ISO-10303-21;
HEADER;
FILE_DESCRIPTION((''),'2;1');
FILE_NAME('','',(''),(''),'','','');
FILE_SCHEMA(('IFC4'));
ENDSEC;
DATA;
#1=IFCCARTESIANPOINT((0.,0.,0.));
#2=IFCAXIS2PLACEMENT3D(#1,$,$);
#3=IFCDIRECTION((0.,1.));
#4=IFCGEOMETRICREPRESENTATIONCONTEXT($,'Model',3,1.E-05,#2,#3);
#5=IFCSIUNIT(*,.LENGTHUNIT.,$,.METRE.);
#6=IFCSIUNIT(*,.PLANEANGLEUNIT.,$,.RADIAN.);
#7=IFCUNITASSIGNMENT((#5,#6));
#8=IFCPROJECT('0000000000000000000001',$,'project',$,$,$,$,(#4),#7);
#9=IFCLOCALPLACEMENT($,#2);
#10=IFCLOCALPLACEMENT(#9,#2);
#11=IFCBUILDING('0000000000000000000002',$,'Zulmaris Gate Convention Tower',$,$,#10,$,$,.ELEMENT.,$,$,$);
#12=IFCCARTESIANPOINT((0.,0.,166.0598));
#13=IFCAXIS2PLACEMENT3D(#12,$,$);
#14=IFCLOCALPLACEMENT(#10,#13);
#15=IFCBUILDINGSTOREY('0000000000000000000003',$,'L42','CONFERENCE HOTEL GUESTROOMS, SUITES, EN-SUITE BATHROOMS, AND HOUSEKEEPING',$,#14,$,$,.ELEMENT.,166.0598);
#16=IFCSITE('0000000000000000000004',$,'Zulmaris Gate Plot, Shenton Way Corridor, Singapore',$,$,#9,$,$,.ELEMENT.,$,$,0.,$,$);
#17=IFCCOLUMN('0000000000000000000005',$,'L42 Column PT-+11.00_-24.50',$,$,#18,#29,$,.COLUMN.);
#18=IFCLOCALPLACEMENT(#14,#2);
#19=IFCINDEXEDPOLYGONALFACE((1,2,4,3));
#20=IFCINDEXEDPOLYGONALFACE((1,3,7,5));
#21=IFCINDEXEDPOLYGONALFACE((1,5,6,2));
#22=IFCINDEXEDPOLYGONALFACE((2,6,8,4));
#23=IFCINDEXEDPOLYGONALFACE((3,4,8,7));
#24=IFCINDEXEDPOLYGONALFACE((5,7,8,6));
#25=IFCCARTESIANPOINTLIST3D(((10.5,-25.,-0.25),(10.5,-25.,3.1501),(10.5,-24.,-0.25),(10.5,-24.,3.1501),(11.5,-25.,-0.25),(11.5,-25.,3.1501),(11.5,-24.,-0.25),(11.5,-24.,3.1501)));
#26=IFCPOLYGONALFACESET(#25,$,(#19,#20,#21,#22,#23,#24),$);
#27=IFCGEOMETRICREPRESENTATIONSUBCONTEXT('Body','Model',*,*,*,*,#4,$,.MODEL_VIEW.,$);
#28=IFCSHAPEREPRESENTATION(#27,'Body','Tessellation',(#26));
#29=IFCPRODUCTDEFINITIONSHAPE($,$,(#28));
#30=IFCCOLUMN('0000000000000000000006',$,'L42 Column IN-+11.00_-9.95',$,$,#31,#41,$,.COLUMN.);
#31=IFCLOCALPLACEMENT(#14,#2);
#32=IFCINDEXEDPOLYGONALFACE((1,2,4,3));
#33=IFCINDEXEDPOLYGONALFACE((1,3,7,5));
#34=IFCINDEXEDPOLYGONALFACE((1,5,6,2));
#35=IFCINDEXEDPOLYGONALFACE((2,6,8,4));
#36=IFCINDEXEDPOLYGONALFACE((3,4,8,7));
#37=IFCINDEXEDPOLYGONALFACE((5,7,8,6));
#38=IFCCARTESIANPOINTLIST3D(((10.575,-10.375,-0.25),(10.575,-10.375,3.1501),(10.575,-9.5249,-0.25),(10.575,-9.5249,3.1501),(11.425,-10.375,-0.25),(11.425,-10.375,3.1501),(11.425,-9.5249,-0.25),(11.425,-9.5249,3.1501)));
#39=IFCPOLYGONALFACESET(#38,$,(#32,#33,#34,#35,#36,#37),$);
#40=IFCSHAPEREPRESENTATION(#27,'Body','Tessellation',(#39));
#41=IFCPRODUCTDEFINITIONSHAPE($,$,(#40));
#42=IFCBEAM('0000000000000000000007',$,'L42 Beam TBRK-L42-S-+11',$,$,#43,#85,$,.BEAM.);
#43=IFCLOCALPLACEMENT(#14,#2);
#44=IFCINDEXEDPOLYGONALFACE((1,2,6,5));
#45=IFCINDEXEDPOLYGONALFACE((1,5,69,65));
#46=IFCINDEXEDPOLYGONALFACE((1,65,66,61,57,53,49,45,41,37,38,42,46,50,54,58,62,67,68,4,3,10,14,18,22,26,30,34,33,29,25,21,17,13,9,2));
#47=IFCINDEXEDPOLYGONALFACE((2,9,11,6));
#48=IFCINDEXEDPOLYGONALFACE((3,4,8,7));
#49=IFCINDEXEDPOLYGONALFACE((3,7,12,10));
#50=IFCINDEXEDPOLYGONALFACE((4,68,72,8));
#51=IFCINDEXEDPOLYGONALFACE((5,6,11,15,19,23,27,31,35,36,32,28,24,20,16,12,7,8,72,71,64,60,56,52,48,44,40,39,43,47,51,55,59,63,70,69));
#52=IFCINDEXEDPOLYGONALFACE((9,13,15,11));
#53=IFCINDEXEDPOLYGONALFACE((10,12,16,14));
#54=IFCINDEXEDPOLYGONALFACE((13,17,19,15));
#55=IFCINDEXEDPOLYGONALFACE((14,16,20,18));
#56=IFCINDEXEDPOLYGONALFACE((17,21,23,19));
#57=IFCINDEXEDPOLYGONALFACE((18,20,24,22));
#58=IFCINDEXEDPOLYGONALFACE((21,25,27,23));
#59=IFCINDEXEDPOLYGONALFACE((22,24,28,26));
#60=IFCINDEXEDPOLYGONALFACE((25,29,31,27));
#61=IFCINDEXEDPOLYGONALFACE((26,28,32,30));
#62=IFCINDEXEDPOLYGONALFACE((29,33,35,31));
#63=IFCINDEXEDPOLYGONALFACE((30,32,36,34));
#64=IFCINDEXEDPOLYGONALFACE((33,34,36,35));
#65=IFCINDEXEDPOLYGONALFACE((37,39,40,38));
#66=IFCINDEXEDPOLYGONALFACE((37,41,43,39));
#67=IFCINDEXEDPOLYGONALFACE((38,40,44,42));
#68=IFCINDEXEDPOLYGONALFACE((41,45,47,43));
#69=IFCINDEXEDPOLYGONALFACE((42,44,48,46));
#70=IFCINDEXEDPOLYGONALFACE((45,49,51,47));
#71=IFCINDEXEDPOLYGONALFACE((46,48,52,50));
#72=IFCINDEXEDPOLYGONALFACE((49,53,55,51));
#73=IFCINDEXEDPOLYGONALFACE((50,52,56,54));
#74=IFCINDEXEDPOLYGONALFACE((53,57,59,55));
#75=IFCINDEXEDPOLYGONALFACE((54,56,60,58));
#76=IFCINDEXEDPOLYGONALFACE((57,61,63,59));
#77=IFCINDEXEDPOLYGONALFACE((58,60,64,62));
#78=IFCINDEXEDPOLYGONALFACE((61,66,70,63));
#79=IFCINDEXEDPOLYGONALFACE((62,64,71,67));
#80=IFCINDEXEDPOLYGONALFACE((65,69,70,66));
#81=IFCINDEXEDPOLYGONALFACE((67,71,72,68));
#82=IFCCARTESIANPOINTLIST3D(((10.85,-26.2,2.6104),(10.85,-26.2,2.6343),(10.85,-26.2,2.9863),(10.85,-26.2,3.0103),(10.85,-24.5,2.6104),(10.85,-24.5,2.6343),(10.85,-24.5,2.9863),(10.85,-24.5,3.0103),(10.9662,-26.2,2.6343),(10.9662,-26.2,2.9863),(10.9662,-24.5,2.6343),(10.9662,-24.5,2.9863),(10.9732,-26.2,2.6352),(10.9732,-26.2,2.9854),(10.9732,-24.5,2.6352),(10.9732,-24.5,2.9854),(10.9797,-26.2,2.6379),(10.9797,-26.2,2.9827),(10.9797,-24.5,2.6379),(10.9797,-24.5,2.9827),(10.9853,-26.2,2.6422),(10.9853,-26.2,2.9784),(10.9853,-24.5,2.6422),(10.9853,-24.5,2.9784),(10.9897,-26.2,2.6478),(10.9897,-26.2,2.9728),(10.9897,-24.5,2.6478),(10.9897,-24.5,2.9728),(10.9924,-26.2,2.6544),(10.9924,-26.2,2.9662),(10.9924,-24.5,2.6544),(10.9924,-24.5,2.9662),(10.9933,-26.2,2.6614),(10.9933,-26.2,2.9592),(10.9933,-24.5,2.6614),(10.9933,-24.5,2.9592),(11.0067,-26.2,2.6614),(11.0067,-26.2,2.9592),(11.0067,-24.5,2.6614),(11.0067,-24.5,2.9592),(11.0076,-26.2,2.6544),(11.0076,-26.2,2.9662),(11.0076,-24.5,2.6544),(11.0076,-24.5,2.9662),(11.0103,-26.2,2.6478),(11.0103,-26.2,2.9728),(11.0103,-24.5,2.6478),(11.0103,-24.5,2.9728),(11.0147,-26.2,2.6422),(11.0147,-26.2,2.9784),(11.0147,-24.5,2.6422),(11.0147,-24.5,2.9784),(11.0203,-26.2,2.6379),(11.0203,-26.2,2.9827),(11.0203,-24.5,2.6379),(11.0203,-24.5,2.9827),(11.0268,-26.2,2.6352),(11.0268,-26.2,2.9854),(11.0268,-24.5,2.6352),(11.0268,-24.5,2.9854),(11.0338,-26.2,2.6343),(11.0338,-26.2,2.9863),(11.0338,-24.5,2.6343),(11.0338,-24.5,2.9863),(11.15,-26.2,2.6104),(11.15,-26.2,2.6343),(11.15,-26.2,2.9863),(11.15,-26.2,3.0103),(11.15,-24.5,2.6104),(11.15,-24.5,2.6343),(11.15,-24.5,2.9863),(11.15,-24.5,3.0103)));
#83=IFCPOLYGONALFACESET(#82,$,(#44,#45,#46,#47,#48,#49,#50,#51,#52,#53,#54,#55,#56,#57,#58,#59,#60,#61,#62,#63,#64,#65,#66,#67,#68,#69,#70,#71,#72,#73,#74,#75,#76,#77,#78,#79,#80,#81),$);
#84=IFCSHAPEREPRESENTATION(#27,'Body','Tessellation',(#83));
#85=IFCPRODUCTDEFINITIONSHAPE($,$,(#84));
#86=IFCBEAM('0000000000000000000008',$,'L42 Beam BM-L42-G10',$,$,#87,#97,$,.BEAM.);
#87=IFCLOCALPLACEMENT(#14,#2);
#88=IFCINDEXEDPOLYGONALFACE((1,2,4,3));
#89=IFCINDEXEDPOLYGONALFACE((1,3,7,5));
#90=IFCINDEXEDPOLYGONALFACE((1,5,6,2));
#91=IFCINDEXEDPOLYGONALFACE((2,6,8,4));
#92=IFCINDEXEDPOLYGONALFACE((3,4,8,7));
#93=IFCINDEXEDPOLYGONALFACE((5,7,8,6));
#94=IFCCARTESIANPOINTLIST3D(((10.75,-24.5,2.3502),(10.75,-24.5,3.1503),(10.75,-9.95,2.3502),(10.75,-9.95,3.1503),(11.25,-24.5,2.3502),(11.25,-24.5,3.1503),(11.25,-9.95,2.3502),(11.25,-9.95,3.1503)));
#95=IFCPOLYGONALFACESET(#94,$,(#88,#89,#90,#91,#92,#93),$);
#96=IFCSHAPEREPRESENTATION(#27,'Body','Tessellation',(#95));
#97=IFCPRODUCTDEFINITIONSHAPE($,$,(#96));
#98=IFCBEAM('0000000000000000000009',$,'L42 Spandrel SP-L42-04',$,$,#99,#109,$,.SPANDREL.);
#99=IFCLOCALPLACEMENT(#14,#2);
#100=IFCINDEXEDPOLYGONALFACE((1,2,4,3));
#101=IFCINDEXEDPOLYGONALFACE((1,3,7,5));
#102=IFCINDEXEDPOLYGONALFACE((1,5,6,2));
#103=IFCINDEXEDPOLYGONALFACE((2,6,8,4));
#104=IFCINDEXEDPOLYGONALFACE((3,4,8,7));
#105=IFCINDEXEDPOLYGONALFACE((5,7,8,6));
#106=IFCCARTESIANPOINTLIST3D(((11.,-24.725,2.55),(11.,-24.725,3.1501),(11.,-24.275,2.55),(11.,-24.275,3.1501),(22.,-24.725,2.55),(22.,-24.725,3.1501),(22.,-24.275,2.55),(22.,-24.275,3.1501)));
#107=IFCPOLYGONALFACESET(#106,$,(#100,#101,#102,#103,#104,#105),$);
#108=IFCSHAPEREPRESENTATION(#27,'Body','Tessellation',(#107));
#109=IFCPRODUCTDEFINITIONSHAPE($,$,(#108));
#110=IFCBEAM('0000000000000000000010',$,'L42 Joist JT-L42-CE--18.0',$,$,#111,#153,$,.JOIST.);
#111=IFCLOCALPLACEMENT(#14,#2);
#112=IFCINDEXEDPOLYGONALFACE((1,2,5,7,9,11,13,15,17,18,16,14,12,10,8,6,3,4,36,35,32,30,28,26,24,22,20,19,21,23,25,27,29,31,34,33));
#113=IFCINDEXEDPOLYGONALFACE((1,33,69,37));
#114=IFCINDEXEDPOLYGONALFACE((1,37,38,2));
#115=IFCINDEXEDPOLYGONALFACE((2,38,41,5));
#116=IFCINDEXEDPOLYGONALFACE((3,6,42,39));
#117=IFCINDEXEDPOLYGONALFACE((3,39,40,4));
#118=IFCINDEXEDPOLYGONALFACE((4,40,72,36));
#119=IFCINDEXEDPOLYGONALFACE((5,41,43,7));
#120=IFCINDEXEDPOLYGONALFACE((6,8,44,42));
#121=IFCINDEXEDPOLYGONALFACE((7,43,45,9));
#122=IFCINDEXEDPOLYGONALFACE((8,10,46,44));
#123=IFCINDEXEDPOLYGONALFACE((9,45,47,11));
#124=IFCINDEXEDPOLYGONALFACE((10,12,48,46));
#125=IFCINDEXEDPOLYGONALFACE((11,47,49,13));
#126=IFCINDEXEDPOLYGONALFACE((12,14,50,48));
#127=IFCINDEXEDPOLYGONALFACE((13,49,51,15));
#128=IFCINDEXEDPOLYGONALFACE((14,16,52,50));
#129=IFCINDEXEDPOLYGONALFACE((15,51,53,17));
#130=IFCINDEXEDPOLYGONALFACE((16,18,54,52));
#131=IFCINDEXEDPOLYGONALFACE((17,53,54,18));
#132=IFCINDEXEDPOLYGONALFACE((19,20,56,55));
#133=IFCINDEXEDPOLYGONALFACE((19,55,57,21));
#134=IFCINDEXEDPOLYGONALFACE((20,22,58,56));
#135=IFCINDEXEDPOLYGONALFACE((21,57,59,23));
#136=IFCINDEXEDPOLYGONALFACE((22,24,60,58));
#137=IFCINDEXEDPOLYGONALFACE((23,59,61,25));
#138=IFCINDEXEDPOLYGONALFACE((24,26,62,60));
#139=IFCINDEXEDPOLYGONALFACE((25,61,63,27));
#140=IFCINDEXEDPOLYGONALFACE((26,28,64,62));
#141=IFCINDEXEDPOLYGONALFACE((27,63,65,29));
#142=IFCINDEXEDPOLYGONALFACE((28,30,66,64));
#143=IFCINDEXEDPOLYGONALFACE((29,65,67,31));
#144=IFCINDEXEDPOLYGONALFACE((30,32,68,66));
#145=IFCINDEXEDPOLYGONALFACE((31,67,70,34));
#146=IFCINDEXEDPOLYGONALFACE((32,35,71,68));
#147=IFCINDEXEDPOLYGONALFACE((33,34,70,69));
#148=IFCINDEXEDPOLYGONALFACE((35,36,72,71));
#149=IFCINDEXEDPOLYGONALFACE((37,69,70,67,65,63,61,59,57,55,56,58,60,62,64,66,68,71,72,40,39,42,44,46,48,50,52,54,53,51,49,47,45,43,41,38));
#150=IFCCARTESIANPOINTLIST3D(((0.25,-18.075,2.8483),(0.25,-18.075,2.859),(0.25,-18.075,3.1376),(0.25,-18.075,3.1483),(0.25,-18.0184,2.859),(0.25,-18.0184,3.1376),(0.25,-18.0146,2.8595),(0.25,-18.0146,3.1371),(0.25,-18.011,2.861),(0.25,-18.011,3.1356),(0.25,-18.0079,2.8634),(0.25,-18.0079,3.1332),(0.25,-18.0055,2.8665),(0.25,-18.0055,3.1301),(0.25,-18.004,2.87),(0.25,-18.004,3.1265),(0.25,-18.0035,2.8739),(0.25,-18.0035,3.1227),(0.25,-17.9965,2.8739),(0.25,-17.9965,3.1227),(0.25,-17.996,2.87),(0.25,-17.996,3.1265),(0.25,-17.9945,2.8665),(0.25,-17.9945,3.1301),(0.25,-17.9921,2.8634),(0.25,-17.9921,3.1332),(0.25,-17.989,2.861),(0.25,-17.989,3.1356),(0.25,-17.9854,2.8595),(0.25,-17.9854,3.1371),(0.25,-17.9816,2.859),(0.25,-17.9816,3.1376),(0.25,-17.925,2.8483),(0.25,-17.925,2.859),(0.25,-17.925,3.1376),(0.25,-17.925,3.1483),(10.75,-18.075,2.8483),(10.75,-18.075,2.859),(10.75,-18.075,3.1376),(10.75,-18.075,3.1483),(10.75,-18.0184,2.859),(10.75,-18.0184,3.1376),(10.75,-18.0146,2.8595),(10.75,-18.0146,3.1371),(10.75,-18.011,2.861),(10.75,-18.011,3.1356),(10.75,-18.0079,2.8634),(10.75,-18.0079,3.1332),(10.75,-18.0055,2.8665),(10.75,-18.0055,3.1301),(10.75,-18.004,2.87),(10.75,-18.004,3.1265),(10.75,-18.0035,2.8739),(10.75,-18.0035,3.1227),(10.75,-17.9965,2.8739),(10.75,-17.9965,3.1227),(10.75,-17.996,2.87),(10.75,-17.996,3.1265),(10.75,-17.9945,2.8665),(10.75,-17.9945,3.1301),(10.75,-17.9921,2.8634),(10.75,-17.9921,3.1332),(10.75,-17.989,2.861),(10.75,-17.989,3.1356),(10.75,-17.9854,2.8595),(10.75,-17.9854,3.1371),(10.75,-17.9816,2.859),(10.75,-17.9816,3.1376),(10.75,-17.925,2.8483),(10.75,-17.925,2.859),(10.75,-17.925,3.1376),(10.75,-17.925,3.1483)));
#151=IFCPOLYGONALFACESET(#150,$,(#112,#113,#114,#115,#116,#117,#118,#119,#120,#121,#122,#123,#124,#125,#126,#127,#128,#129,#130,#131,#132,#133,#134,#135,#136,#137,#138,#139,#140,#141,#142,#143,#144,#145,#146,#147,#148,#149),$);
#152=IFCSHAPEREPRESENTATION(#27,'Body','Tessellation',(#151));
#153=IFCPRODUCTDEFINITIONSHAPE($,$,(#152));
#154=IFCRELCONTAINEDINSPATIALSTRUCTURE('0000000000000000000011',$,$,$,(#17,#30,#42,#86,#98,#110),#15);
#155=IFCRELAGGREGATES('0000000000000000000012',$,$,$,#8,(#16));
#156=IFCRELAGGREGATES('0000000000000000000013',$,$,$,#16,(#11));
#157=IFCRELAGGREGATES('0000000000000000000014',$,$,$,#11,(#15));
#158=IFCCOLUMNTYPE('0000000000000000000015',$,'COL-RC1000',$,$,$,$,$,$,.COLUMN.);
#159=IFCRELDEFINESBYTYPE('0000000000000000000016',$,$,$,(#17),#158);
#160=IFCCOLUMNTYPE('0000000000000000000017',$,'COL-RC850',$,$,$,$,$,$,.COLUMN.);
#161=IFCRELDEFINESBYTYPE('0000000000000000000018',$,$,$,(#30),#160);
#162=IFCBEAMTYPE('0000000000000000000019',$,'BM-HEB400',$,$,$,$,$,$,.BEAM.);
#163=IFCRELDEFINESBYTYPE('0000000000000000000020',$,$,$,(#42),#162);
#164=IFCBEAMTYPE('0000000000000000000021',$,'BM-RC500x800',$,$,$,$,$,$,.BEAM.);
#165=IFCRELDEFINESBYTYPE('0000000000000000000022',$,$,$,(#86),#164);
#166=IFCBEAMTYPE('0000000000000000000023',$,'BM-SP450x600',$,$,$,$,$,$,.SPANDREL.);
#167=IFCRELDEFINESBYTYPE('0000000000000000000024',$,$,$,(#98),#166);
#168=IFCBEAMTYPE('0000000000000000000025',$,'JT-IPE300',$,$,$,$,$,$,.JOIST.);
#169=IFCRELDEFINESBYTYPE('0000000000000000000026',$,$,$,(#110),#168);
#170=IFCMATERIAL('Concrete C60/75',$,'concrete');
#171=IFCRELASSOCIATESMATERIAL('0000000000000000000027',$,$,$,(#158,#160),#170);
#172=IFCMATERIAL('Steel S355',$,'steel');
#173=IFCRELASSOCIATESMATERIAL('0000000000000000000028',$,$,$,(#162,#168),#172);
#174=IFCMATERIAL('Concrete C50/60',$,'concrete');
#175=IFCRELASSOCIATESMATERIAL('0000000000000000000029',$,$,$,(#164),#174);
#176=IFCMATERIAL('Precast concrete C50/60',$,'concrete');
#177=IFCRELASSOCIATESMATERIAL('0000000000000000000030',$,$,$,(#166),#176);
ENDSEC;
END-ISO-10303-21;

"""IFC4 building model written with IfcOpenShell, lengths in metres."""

from ifc_helpers import new_model, si_unit, direction, frame, origin, origin_2d, place, context, subcontext, project, spatial, rectangle, i_section, extrude, material, material_profile, profile_set, type_object, element, save


model = new_model("IFC4")

# Units and contexts
model_context = context("Model", 3, precision=1e-05, world=origin(), true_north=direction((0.0, 1.0)))
body_context = subcontext(model_context, "Body", "Model", "MODEL_VIEW")
ifc_project = project(units=[si_unit("LENGTHUNIT", "METRE"), si_unit("PLANEANGLEUNIT", "RADIAN")], contexts=[model_context])

# Site, building, storey
site_placement = place(None, origin())
site = spatial("IfcSite", under=ifc_project, at=site_placement, Name="Zulmaris Gate Plot, Shenton Way Corridor, Singapore", CompositionType="ELEMENT", RefElevation=0.0)
building_placement = place(site_placement, origin())
building = spatial("IfcBuilding", under=site, at=building_placement, Name="Zulmaris Gate Convention Tower", CompositionType="ELEMENT")
storey_placement = place(building_placement, frame((0.0, 0.0, 166.0598)))
storey = spatial("IfcBuildingStorey", under=building, at=storey_placement, Name="L42", Description="CONFERENCE HOTEL GUESTROOMS, SUITES, EN-SUITE BATHROOMS, AND HOUSEKEEPING", CompositionType="ELEMENT", Elevation=166.0598)

# Columns
ifc_material_1 = material(Name="Concrete C60/75", Category="concrete")
ifc_material_profile_1 = material_profile(ifc_material_1, rectangle(XDim=1.0, YDim=1.0, at=origin_2d()), Name="RC COL 1000x1000")
ifc_profile_set_1 = profile_set([ifc_material_profile_1], Name="Concrete C60/75")
column_type_1 = type_object("IfcColumnType", Name="COL-RC1000", PredefinedType="COLUMN", material=ifc_profile_set_1)
column_1_placement = place(storey_placement, frame((11.0, -24.5, -0.25), z_axis=(0.0, 0.0, 1.0), x_axis=(1.0, 0.0, 0.0)))
element("IfcColumn", 1, at=column_1_placement, inside=storey, type_object=column_type_1, Name="L42 Column PT-+11.00_-24.50", PredefinedType="COLUMN", context=body_context, shape_type="SweptSolid", body=[
    extrude(rectangle(XDim=1.0, YDim=1.0, at=origin_2d()), origin(), (0.0, 0.0, 1.0), 3.4001),
])
ifc_material_profile_2 = material_profile(ifc_material_1, rectangle(XDim=0.8501, YDim=0.8501, at=origin_2d()), Name="RC COL 850x850")
ifc_profile_set_2 = profile_set([ifc_material_profile_2], Name="Concrete C60/75")
column_type_2 = type_object("IfcColumnType", Name="COL-RC850", PredefinedType="COLUMN", material=ifc_profile_set_2)
column_2_placement = place(storey_placement, frame((11.0, -9.95, -0.25), z_axis=(0.0, 0.0, 1.0), x_axis=(1.0, 0.0, 0.0)))
element("IfcColumn", 2, at=column_2_placement, inside=storey, type_object=column_type_2, Name="L42 Column IN-+11.00_-9.95", PredefinedType="COLUMN", context=body_context, shape_type="SweptSolid", body=[
    extrude(rectangle(XDim=0.8501, YDim=0.8501, at=origin_2d()), origin(), (0.0, 0.0, 1.0), 3.4001),
])

# Beams
ifc_material_2 = material(Name="Steel S355", Category="steel")
ifc_material_profile_3 = material_profile(ifc_material_2, i_section(OverallWidth=0.3, OverallDepth=0.3999, WebThickness=0.0134, FlangeThickness=0.0239, FilletRadius=0.0271, at=origin_2d()), Name="HEB 400")
ifc_profile_set_3 = profile_set([ifc_material_profile_3], Name="Steel S355")
beam_type_1 = type_object("IfcBeamType", Name="BM-HEB400", PredefinedType="BEAM", material=ifc_profile_set_3)
beam_1_placement = place(storey_placement, frame((11.0, -26.2, 2.8103), z_axis=(0.0, 1.0, 0.0), x_axis=(-1.0, 0.0, 0.0)))
element("IfcBeam", 3, at=beam_1_placement, inside=storey, type_object=beam_type_1, Name="L42 Beam TBRK-L42-S-+11", PredefinedType="BEAM", context=body_context, shape_type="SweptSolid", body=[
    extrude(i_section(OverallWidth=0.3, OverallDepth=0.3999, WebThickness=0.0134, FlangeThickness=0.0239, FilletRadius=0.0271, at=origin_2d()), origin(), (0.0, 0.0, 1.0), 1.7),
])
ifc_material_3 = material(Name="Concrete C50/60", Category="concrete")
ifc_material_profile_4 = material_profile(ifc_material_3, rectangle(XDim=0.5, YDim=0.8, at=origin_2d()), Name="RC BEAM 500x800")
ifc_profile_set_4 = profile_set([ifc_material_profile_4], Name="Concrete C50/60")
beam_type_2 = type_object("IfcBeamType", Name="BM-RC500x800", PredefinedType="BEAM", material=ifc_profile_set_4)
beam_2_placement = place(storey_placement, frame((11.0, -24.5, 2.7502), z_axis=(0.0, 1.0, 0.0), x_axis=(-1.0, 0.0, 0.0)))
element("IfcBeam", 4, at=beam_2_placement, inside=storey, type_object=beam_type_2, Name="L42 Beam BM-L42-G10", PredefinedType="BEAM", context=body_context, shape_type="SweptSolid", body=[
    extrude(rectangle(XDim=0.5, YDim=0.8, at=origin_2d()), origin(), (0.0, 0.0, 1.0), 14.55),
])
ifc_material_4 = material(Name="Precast concrete C50/60", Category="concrete")
ifc_material_profile_5 = material_profile(ifc_material_4, rectangle(XDim=0.45, YDim=0.6001, at=origin_2d()), Name="RC SPANDREL 450x600")
ifc_profile_set_5 = profile_set([ifc_material_profile_5], Name="Precast concrete C50/60")
beam_type_3 = type_object("IfcBeamType", Name="BM-SP450x600", PredefinedType="SPANDREL", material=ifc_profile_set_5)
beam_3_placement = place(storey_placement, frame((11.0, -24.5, 2.8501), z_axis=(1.0, 0.0, 0.0), x_axis=(0.0, 1.0, 0.0)))
element("IfcBeam", 5, at=beam_3_placement, inside=storey, type_object=beam_type_3, Name="L42 Spandrel SP-L42-04", PredefinedType="SPANDREL", context=body_context, shape_type="SweptSolid", body=[
    extrude(rectangle(XDim=0.45, YDim=0.6001, at=origin_2d()), origin(), (0.0, 0.0, 1.0), 11.0),
])
ifc_material_profile_6 = material_profile(ifc_material_2, i_section(OverallWidth=0.1499, OverallDepth=0.3, WebThickness=0.0071, FlangeThickness=0.0107, FilletRadius=0.0149, at=origin_2d()), Name="IPE 300")
ifc_profile_set_6 = profile_set([ifc_material_profile_6], Name="Steel S355")
beam_type_4 = type_object("IfcBeamType", Name="JT-IPE300", PredefinedType="JOIST", material=ifc_profile_set_6)
for number, where, z_axis, x_axis, name in (
    (6, (0.25, -18.0, 2.9983), (1.0, 0.0, 0.0), (0.0, 1.0, 0.0), "L42 Joist JT-L42-CE--18.0"),
):
    element("IfcBeam", number, at=place(storey_placement, frame(where, z_axis=z_axis, x_axis=x_axis)), inside=storey, type_object=beam_type_4, Name=name, PredefinedType="JOIST", context=body_context, shape_type="SweptSolid", body=[
        extrude(i_section(OverallWidth=0.1499, OverallDepth=0.3, WebThickness=0.0071, FlangeThickness=0.0107, FilletRadius=0.0149, at=origin_2d()), origin(), (0.0, 0.0, 1.0), 10.5),
    ])

save(model, "model.ifc")
